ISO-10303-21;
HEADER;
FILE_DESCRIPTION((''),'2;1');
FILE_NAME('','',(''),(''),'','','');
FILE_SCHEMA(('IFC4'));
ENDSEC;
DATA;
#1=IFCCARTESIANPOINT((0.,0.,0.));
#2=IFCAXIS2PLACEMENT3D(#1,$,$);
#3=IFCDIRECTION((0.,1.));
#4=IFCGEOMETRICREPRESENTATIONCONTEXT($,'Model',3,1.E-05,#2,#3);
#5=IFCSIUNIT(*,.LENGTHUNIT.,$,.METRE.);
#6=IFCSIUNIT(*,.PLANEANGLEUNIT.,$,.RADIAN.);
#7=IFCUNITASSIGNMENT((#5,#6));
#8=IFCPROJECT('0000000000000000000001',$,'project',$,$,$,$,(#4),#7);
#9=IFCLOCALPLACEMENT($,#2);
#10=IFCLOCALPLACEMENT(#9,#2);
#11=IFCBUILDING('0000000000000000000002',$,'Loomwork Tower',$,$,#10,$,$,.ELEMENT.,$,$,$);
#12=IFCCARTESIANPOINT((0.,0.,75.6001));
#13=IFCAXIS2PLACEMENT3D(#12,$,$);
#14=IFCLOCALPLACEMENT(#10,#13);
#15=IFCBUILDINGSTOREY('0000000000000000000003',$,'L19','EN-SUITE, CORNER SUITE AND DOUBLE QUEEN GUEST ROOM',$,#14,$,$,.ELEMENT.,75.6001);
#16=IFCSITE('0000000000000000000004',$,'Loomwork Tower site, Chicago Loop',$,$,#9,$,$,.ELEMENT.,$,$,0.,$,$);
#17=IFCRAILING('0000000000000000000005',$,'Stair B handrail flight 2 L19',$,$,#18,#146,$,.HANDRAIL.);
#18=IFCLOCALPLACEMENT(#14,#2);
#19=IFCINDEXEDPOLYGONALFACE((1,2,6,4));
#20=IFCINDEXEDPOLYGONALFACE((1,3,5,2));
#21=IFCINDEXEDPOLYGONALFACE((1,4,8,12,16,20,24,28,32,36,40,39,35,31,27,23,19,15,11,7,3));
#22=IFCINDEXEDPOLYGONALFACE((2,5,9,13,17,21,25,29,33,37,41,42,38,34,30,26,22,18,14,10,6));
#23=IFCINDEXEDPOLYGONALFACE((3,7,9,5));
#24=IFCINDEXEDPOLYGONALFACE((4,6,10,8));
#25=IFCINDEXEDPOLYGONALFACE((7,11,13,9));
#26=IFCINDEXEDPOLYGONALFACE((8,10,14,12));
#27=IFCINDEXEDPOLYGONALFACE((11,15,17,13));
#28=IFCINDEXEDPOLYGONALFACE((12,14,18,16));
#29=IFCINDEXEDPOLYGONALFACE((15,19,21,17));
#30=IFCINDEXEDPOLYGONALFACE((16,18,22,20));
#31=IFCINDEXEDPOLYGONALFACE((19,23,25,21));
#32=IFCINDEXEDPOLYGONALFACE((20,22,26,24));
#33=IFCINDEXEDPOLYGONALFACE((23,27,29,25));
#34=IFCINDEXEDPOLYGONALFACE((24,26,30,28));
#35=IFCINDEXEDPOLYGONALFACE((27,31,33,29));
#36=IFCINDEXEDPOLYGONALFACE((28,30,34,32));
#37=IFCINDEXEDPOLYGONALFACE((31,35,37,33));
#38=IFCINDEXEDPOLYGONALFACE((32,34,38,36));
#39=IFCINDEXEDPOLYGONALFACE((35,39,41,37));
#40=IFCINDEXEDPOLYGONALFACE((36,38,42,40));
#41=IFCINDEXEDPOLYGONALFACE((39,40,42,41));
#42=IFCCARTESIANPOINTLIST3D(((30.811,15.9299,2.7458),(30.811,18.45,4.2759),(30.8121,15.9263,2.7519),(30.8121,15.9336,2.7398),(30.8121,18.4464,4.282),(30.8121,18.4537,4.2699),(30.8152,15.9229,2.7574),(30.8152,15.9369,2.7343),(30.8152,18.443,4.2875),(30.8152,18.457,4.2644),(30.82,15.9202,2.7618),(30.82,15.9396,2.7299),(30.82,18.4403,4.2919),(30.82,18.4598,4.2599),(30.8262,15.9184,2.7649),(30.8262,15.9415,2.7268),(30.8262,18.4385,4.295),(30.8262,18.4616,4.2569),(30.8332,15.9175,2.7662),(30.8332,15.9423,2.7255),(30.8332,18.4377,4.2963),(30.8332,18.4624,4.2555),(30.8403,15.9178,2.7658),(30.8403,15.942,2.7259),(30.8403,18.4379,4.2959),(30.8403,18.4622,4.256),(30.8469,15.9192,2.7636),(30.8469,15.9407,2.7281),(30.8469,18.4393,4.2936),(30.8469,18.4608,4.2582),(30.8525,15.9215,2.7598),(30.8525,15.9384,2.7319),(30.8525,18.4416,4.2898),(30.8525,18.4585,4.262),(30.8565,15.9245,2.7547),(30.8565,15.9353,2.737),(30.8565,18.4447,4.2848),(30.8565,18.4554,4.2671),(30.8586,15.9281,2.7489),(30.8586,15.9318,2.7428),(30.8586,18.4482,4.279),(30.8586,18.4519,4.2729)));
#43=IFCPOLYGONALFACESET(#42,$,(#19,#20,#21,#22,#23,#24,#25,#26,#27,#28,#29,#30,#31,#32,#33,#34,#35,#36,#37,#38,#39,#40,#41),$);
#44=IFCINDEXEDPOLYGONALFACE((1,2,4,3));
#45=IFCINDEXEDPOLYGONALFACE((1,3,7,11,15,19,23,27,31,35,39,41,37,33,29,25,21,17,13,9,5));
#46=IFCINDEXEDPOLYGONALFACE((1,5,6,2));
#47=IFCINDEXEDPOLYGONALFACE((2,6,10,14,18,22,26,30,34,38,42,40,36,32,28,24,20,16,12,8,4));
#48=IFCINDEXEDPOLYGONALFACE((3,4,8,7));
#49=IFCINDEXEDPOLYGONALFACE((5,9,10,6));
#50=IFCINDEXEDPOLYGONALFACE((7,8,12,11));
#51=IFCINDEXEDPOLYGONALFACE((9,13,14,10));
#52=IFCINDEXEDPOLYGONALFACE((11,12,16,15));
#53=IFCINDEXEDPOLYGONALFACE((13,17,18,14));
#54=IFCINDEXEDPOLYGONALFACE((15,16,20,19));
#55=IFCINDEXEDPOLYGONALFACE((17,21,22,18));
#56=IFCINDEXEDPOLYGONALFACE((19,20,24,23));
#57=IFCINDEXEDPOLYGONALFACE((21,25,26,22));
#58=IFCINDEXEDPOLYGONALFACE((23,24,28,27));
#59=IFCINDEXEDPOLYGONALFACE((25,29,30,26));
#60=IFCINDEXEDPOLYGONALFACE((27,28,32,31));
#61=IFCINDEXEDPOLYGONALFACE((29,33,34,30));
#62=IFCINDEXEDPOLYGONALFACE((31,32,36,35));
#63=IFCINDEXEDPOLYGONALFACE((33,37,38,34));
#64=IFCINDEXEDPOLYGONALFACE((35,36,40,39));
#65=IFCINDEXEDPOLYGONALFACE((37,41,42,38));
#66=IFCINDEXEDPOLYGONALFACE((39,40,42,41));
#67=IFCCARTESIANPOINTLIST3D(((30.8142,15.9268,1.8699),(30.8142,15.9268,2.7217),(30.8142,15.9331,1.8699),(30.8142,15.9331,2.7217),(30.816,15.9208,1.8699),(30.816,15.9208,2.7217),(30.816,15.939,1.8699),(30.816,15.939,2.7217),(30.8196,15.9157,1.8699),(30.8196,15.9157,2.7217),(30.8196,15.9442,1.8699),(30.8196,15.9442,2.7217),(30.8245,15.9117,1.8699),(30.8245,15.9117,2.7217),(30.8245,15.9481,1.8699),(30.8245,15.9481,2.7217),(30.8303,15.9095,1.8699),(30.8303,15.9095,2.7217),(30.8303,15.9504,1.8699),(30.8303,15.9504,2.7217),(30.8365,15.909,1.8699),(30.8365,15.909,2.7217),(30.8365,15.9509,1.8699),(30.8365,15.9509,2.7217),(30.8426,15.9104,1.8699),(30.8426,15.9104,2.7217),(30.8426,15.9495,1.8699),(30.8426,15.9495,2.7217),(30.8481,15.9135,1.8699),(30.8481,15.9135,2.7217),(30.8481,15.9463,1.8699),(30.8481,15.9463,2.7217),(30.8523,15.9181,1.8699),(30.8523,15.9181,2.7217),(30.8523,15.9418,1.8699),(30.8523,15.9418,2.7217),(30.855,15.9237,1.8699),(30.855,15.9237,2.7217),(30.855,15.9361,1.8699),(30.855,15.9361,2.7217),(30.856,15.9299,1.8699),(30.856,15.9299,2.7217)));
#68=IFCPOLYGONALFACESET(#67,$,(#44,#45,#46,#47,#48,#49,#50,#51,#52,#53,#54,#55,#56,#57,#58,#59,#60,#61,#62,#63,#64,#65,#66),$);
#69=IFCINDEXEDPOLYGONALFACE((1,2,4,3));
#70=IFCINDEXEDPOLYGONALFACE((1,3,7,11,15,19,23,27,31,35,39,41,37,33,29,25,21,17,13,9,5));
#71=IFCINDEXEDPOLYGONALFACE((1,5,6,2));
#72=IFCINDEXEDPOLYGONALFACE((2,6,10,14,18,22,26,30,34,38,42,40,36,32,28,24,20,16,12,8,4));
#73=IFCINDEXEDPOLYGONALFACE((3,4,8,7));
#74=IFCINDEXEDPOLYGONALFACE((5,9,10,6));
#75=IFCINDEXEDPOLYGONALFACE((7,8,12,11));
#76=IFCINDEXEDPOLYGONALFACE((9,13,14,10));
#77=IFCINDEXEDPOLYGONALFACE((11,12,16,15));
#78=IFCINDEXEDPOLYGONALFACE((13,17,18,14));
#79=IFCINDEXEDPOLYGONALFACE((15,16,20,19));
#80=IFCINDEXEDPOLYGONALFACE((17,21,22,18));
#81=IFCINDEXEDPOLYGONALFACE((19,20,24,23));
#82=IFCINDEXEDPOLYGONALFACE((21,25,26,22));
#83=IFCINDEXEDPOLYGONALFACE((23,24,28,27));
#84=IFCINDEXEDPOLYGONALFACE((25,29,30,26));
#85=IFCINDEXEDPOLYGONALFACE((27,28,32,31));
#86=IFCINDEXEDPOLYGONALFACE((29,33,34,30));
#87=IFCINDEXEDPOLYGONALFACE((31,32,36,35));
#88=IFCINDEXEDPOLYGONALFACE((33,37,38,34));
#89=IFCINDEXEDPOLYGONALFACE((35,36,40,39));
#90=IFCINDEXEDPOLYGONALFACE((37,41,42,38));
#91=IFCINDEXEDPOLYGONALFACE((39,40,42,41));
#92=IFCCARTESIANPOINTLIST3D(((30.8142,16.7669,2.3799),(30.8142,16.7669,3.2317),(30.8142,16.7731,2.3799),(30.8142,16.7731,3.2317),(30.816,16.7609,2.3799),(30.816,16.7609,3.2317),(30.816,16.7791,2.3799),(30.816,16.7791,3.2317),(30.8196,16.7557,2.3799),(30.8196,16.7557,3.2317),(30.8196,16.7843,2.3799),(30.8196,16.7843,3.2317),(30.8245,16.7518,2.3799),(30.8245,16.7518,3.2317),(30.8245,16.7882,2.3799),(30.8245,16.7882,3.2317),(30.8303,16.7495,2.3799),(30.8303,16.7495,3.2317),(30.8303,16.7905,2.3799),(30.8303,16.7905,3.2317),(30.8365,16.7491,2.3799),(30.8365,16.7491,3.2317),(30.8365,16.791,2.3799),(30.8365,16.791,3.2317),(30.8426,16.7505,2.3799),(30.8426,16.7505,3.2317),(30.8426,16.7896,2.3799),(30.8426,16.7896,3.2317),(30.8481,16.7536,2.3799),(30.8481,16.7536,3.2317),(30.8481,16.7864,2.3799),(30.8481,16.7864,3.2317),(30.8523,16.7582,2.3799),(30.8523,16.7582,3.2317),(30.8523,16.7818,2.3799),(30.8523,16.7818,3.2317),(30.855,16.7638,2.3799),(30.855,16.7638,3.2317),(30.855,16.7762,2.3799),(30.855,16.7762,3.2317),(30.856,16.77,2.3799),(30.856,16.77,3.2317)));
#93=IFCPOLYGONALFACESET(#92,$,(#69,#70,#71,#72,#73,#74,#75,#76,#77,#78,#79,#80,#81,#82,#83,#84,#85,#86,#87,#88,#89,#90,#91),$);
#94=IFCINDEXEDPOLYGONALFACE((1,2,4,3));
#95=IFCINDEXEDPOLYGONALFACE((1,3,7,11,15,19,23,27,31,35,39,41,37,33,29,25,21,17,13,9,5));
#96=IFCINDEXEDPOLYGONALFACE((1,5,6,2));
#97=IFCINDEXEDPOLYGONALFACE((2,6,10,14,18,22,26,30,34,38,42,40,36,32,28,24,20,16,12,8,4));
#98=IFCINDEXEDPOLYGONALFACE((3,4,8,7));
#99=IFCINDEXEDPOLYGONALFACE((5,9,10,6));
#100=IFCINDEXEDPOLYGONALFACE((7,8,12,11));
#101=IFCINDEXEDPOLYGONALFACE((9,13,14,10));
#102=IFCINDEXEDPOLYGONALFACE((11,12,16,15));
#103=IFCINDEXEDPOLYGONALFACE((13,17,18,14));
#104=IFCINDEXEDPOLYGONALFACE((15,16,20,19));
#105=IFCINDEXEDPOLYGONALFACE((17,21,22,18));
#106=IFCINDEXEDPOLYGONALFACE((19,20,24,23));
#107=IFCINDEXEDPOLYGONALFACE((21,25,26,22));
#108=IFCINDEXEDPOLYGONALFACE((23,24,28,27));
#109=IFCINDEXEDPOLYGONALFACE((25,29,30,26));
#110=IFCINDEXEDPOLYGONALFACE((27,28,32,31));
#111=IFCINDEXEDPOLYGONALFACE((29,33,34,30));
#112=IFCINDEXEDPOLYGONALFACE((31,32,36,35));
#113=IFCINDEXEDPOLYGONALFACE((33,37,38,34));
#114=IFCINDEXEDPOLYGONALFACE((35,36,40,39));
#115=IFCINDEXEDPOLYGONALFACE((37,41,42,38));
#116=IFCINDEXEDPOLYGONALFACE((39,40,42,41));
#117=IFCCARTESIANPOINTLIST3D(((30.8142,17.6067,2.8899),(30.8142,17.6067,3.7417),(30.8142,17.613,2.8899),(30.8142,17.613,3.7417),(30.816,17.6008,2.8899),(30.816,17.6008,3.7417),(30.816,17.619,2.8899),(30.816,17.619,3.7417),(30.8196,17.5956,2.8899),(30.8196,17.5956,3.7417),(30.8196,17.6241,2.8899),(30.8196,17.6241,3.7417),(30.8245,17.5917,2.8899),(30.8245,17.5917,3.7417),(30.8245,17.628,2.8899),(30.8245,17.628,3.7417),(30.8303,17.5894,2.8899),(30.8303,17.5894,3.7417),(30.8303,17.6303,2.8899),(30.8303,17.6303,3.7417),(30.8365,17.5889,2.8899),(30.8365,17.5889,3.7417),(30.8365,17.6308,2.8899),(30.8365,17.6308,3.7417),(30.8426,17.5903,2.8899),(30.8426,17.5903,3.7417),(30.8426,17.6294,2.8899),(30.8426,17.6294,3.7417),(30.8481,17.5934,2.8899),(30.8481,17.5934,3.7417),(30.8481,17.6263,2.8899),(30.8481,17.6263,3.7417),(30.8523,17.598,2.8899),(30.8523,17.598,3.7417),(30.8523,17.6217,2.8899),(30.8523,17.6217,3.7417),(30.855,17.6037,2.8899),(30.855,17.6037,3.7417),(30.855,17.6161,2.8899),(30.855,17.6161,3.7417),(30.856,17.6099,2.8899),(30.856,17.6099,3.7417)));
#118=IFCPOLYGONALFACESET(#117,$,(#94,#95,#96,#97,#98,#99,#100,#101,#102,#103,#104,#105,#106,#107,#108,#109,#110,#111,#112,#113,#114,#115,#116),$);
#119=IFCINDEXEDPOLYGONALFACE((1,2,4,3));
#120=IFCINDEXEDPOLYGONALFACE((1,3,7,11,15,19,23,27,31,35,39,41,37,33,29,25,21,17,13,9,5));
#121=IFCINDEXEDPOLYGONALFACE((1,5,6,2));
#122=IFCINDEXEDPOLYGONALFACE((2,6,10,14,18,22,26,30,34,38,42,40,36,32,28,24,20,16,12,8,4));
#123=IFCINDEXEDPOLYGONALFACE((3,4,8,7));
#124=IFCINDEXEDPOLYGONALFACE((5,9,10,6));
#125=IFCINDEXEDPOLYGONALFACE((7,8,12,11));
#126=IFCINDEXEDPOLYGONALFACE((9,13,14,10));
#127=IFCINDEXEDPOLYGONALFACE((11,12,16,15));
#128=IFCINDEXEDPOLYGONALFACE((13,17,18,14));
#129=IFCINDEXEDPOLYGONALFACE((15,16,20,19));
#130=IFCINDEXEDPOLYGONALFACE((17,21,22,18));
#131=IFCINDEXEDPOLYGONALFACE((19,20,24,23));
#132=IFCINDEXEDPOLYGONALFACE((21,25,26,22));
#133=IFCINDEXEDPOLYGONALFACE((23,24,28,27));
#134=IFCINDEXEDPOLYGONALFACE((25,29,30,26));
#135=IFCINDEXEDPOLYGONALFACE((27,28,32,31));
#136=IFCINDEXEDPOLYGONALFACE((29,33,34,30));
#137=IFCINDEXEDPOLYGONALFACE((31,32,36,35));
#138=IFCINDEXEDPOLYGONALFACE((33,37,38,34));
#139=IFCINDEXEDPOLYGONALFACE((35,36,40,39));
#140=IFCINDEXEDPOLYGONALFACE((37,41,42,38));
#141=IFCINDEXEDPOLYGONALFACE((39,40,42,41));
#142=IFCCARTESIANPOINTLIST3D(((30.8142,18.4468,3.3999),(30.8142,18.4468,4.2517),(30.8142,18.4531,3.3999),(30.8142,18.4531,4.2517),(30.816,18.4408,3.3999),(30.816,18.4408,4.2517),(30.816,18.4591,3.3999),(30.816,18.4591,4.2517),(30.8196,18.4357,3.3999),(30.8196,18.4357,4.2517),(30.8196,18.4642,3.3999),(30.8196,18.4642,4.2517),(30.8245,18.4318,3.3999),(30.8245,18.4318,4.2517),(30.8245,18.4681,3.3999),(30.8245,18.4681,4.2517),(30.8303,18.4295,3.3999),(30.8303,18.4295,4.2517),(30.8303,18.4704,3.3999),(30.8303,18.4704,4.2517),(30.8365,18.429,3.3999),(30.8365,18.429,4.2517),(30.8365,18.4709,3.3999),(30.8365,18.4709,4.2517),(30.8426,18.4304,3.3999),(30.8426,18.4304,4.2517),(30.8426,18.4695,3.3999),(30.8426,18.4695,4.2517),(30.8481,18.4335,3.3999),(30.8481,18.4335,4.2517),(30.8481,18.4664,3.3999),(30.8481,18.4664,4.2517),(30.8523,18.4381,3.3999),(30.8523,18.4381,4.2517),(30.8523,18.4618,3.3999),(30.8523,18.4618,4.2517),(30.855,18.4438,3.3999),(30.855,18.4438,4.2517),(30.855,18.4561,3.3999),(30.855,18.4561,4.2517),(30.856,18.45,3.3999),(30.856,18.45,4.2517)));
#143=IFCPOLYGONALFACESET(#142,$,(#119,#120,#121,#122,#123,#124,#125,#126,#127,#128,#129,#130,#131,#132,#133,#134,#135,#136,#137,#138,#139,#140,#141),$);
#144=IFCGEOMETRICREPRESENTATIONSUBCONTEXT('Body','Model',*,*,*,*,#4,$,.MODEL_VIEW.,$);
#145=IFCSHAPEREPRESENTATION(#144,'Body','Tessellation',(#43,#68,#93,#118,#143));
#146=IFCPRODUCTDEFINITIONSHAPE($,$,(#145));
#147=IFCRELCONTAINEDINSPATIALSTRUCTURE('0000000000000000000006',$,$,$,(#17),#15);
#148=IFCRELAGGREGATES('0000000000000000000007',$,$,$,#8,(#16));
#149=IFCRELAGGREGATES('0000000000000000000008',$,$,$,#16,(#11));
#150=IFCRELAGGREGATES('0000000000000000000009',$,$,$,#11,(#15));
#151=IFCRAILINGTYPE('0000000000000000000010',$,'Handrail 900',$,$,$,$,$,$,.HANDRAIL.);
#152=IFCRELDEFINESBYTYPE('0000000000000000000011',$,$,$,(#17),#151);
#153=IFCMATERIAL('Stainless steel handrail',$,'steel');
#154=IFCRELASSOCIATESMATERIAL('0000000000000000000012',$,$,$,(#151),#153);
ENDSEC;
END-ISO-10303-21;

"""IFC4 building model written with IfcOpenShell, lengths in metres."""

from ifc_helpers import new_model, si_unit, direction, frame, origin, origin_2d, place, context, subcontext, project, spatial, circle, extrude, material, type_object, element, save


model = new_model("IFC4")

# Units and contexts
model_context = context("Model", 3, precision=1e-05, world=origin(), true_north=direction((0.0, 1.0)))
body_context = subcontext(model_context, "Body", "Model", "MODEL_VIEW")
ifc_project = project(units=[si_unit("LENGTHUNIT", "METRE"), si_unit("PLANEANGLEUNIT", "RADIAN")], contexts=[model_context])

# Site, building, storey
site_placement = place(None, origin())
site = spatial("IfcSite", under=ifc_project, at=site_placement, Name="Loomwork Tower site, Chicago Loop", CompositionType="ELEMENT", RefElevation=0.0)
building_placement = place(site_placement, origin())
building = spatial("IfcBuilding", under=site, at=building_placement, Name="Loomwork Tower", CompositionType="ELEMENT")
storey_placement = place(building_placement, frame((0.0, 0.0, 75.6001)))
storey = spatial("IfcBuildingStorey", under=building, at=storey_placement, Name="L19", Description="EN-SUITE, CORNER SUITE AND DOUBLE QUEEN GUEST ROOM", CompositionType="ELEMENT", Elevation=75.6001)

# Railing
ifc_material_1 = material(Name="Stainless steel handrail", Category="steel")
railing_type = type_object("IfcRailingType", Name="Handrail 900", PredefinedType="HANDRAIL", material=ifc_material_1)
railing_placement = place(storey_placement, frame((30.835, 15.9299, 1.8699)))
element("IfcRailing", 1, at=railing_placement, inside=storey, type_object=railing_type, Name="Stair B handrail flight 2 L19", PredefinedType="HANDRAIL", context=body_context, shape_type="SweptSolid", body=[
    extrude(circle(Radius=0.0239, at=origin_2d()), frame((0.0, 0.0, 0.876), z_axis=(0.0, 0.854785, 0.518982), x_axis=(-1.0, 0.0, 0.0)), (0.0, 0.0, 1.0), 2.9482),
    extrude(circle(Radius=0.021, at=origin_2d()), origin(), (0.0, 0.0, 1.0), 0.8518),
    extrude(circle(Radius=0.021, at=origin_2d()), frame((0.0, 0.8401, 0.51)), (0.0, 0.0, 1.0), 0.8518),
    extrude(circle(Radius=0.021, at=origin_2d()), frame((0.0, 1.6799, 1.02)), (0.0, 0.0, 1.0), 0.8518),
    extrude(circle(Radius=0.021, at=origin_2d()), frame((0.0, 2.52, 1.53)), (0.0, 0.0, 1.0), 0.8518),
])

save(model, "model.ifc")
